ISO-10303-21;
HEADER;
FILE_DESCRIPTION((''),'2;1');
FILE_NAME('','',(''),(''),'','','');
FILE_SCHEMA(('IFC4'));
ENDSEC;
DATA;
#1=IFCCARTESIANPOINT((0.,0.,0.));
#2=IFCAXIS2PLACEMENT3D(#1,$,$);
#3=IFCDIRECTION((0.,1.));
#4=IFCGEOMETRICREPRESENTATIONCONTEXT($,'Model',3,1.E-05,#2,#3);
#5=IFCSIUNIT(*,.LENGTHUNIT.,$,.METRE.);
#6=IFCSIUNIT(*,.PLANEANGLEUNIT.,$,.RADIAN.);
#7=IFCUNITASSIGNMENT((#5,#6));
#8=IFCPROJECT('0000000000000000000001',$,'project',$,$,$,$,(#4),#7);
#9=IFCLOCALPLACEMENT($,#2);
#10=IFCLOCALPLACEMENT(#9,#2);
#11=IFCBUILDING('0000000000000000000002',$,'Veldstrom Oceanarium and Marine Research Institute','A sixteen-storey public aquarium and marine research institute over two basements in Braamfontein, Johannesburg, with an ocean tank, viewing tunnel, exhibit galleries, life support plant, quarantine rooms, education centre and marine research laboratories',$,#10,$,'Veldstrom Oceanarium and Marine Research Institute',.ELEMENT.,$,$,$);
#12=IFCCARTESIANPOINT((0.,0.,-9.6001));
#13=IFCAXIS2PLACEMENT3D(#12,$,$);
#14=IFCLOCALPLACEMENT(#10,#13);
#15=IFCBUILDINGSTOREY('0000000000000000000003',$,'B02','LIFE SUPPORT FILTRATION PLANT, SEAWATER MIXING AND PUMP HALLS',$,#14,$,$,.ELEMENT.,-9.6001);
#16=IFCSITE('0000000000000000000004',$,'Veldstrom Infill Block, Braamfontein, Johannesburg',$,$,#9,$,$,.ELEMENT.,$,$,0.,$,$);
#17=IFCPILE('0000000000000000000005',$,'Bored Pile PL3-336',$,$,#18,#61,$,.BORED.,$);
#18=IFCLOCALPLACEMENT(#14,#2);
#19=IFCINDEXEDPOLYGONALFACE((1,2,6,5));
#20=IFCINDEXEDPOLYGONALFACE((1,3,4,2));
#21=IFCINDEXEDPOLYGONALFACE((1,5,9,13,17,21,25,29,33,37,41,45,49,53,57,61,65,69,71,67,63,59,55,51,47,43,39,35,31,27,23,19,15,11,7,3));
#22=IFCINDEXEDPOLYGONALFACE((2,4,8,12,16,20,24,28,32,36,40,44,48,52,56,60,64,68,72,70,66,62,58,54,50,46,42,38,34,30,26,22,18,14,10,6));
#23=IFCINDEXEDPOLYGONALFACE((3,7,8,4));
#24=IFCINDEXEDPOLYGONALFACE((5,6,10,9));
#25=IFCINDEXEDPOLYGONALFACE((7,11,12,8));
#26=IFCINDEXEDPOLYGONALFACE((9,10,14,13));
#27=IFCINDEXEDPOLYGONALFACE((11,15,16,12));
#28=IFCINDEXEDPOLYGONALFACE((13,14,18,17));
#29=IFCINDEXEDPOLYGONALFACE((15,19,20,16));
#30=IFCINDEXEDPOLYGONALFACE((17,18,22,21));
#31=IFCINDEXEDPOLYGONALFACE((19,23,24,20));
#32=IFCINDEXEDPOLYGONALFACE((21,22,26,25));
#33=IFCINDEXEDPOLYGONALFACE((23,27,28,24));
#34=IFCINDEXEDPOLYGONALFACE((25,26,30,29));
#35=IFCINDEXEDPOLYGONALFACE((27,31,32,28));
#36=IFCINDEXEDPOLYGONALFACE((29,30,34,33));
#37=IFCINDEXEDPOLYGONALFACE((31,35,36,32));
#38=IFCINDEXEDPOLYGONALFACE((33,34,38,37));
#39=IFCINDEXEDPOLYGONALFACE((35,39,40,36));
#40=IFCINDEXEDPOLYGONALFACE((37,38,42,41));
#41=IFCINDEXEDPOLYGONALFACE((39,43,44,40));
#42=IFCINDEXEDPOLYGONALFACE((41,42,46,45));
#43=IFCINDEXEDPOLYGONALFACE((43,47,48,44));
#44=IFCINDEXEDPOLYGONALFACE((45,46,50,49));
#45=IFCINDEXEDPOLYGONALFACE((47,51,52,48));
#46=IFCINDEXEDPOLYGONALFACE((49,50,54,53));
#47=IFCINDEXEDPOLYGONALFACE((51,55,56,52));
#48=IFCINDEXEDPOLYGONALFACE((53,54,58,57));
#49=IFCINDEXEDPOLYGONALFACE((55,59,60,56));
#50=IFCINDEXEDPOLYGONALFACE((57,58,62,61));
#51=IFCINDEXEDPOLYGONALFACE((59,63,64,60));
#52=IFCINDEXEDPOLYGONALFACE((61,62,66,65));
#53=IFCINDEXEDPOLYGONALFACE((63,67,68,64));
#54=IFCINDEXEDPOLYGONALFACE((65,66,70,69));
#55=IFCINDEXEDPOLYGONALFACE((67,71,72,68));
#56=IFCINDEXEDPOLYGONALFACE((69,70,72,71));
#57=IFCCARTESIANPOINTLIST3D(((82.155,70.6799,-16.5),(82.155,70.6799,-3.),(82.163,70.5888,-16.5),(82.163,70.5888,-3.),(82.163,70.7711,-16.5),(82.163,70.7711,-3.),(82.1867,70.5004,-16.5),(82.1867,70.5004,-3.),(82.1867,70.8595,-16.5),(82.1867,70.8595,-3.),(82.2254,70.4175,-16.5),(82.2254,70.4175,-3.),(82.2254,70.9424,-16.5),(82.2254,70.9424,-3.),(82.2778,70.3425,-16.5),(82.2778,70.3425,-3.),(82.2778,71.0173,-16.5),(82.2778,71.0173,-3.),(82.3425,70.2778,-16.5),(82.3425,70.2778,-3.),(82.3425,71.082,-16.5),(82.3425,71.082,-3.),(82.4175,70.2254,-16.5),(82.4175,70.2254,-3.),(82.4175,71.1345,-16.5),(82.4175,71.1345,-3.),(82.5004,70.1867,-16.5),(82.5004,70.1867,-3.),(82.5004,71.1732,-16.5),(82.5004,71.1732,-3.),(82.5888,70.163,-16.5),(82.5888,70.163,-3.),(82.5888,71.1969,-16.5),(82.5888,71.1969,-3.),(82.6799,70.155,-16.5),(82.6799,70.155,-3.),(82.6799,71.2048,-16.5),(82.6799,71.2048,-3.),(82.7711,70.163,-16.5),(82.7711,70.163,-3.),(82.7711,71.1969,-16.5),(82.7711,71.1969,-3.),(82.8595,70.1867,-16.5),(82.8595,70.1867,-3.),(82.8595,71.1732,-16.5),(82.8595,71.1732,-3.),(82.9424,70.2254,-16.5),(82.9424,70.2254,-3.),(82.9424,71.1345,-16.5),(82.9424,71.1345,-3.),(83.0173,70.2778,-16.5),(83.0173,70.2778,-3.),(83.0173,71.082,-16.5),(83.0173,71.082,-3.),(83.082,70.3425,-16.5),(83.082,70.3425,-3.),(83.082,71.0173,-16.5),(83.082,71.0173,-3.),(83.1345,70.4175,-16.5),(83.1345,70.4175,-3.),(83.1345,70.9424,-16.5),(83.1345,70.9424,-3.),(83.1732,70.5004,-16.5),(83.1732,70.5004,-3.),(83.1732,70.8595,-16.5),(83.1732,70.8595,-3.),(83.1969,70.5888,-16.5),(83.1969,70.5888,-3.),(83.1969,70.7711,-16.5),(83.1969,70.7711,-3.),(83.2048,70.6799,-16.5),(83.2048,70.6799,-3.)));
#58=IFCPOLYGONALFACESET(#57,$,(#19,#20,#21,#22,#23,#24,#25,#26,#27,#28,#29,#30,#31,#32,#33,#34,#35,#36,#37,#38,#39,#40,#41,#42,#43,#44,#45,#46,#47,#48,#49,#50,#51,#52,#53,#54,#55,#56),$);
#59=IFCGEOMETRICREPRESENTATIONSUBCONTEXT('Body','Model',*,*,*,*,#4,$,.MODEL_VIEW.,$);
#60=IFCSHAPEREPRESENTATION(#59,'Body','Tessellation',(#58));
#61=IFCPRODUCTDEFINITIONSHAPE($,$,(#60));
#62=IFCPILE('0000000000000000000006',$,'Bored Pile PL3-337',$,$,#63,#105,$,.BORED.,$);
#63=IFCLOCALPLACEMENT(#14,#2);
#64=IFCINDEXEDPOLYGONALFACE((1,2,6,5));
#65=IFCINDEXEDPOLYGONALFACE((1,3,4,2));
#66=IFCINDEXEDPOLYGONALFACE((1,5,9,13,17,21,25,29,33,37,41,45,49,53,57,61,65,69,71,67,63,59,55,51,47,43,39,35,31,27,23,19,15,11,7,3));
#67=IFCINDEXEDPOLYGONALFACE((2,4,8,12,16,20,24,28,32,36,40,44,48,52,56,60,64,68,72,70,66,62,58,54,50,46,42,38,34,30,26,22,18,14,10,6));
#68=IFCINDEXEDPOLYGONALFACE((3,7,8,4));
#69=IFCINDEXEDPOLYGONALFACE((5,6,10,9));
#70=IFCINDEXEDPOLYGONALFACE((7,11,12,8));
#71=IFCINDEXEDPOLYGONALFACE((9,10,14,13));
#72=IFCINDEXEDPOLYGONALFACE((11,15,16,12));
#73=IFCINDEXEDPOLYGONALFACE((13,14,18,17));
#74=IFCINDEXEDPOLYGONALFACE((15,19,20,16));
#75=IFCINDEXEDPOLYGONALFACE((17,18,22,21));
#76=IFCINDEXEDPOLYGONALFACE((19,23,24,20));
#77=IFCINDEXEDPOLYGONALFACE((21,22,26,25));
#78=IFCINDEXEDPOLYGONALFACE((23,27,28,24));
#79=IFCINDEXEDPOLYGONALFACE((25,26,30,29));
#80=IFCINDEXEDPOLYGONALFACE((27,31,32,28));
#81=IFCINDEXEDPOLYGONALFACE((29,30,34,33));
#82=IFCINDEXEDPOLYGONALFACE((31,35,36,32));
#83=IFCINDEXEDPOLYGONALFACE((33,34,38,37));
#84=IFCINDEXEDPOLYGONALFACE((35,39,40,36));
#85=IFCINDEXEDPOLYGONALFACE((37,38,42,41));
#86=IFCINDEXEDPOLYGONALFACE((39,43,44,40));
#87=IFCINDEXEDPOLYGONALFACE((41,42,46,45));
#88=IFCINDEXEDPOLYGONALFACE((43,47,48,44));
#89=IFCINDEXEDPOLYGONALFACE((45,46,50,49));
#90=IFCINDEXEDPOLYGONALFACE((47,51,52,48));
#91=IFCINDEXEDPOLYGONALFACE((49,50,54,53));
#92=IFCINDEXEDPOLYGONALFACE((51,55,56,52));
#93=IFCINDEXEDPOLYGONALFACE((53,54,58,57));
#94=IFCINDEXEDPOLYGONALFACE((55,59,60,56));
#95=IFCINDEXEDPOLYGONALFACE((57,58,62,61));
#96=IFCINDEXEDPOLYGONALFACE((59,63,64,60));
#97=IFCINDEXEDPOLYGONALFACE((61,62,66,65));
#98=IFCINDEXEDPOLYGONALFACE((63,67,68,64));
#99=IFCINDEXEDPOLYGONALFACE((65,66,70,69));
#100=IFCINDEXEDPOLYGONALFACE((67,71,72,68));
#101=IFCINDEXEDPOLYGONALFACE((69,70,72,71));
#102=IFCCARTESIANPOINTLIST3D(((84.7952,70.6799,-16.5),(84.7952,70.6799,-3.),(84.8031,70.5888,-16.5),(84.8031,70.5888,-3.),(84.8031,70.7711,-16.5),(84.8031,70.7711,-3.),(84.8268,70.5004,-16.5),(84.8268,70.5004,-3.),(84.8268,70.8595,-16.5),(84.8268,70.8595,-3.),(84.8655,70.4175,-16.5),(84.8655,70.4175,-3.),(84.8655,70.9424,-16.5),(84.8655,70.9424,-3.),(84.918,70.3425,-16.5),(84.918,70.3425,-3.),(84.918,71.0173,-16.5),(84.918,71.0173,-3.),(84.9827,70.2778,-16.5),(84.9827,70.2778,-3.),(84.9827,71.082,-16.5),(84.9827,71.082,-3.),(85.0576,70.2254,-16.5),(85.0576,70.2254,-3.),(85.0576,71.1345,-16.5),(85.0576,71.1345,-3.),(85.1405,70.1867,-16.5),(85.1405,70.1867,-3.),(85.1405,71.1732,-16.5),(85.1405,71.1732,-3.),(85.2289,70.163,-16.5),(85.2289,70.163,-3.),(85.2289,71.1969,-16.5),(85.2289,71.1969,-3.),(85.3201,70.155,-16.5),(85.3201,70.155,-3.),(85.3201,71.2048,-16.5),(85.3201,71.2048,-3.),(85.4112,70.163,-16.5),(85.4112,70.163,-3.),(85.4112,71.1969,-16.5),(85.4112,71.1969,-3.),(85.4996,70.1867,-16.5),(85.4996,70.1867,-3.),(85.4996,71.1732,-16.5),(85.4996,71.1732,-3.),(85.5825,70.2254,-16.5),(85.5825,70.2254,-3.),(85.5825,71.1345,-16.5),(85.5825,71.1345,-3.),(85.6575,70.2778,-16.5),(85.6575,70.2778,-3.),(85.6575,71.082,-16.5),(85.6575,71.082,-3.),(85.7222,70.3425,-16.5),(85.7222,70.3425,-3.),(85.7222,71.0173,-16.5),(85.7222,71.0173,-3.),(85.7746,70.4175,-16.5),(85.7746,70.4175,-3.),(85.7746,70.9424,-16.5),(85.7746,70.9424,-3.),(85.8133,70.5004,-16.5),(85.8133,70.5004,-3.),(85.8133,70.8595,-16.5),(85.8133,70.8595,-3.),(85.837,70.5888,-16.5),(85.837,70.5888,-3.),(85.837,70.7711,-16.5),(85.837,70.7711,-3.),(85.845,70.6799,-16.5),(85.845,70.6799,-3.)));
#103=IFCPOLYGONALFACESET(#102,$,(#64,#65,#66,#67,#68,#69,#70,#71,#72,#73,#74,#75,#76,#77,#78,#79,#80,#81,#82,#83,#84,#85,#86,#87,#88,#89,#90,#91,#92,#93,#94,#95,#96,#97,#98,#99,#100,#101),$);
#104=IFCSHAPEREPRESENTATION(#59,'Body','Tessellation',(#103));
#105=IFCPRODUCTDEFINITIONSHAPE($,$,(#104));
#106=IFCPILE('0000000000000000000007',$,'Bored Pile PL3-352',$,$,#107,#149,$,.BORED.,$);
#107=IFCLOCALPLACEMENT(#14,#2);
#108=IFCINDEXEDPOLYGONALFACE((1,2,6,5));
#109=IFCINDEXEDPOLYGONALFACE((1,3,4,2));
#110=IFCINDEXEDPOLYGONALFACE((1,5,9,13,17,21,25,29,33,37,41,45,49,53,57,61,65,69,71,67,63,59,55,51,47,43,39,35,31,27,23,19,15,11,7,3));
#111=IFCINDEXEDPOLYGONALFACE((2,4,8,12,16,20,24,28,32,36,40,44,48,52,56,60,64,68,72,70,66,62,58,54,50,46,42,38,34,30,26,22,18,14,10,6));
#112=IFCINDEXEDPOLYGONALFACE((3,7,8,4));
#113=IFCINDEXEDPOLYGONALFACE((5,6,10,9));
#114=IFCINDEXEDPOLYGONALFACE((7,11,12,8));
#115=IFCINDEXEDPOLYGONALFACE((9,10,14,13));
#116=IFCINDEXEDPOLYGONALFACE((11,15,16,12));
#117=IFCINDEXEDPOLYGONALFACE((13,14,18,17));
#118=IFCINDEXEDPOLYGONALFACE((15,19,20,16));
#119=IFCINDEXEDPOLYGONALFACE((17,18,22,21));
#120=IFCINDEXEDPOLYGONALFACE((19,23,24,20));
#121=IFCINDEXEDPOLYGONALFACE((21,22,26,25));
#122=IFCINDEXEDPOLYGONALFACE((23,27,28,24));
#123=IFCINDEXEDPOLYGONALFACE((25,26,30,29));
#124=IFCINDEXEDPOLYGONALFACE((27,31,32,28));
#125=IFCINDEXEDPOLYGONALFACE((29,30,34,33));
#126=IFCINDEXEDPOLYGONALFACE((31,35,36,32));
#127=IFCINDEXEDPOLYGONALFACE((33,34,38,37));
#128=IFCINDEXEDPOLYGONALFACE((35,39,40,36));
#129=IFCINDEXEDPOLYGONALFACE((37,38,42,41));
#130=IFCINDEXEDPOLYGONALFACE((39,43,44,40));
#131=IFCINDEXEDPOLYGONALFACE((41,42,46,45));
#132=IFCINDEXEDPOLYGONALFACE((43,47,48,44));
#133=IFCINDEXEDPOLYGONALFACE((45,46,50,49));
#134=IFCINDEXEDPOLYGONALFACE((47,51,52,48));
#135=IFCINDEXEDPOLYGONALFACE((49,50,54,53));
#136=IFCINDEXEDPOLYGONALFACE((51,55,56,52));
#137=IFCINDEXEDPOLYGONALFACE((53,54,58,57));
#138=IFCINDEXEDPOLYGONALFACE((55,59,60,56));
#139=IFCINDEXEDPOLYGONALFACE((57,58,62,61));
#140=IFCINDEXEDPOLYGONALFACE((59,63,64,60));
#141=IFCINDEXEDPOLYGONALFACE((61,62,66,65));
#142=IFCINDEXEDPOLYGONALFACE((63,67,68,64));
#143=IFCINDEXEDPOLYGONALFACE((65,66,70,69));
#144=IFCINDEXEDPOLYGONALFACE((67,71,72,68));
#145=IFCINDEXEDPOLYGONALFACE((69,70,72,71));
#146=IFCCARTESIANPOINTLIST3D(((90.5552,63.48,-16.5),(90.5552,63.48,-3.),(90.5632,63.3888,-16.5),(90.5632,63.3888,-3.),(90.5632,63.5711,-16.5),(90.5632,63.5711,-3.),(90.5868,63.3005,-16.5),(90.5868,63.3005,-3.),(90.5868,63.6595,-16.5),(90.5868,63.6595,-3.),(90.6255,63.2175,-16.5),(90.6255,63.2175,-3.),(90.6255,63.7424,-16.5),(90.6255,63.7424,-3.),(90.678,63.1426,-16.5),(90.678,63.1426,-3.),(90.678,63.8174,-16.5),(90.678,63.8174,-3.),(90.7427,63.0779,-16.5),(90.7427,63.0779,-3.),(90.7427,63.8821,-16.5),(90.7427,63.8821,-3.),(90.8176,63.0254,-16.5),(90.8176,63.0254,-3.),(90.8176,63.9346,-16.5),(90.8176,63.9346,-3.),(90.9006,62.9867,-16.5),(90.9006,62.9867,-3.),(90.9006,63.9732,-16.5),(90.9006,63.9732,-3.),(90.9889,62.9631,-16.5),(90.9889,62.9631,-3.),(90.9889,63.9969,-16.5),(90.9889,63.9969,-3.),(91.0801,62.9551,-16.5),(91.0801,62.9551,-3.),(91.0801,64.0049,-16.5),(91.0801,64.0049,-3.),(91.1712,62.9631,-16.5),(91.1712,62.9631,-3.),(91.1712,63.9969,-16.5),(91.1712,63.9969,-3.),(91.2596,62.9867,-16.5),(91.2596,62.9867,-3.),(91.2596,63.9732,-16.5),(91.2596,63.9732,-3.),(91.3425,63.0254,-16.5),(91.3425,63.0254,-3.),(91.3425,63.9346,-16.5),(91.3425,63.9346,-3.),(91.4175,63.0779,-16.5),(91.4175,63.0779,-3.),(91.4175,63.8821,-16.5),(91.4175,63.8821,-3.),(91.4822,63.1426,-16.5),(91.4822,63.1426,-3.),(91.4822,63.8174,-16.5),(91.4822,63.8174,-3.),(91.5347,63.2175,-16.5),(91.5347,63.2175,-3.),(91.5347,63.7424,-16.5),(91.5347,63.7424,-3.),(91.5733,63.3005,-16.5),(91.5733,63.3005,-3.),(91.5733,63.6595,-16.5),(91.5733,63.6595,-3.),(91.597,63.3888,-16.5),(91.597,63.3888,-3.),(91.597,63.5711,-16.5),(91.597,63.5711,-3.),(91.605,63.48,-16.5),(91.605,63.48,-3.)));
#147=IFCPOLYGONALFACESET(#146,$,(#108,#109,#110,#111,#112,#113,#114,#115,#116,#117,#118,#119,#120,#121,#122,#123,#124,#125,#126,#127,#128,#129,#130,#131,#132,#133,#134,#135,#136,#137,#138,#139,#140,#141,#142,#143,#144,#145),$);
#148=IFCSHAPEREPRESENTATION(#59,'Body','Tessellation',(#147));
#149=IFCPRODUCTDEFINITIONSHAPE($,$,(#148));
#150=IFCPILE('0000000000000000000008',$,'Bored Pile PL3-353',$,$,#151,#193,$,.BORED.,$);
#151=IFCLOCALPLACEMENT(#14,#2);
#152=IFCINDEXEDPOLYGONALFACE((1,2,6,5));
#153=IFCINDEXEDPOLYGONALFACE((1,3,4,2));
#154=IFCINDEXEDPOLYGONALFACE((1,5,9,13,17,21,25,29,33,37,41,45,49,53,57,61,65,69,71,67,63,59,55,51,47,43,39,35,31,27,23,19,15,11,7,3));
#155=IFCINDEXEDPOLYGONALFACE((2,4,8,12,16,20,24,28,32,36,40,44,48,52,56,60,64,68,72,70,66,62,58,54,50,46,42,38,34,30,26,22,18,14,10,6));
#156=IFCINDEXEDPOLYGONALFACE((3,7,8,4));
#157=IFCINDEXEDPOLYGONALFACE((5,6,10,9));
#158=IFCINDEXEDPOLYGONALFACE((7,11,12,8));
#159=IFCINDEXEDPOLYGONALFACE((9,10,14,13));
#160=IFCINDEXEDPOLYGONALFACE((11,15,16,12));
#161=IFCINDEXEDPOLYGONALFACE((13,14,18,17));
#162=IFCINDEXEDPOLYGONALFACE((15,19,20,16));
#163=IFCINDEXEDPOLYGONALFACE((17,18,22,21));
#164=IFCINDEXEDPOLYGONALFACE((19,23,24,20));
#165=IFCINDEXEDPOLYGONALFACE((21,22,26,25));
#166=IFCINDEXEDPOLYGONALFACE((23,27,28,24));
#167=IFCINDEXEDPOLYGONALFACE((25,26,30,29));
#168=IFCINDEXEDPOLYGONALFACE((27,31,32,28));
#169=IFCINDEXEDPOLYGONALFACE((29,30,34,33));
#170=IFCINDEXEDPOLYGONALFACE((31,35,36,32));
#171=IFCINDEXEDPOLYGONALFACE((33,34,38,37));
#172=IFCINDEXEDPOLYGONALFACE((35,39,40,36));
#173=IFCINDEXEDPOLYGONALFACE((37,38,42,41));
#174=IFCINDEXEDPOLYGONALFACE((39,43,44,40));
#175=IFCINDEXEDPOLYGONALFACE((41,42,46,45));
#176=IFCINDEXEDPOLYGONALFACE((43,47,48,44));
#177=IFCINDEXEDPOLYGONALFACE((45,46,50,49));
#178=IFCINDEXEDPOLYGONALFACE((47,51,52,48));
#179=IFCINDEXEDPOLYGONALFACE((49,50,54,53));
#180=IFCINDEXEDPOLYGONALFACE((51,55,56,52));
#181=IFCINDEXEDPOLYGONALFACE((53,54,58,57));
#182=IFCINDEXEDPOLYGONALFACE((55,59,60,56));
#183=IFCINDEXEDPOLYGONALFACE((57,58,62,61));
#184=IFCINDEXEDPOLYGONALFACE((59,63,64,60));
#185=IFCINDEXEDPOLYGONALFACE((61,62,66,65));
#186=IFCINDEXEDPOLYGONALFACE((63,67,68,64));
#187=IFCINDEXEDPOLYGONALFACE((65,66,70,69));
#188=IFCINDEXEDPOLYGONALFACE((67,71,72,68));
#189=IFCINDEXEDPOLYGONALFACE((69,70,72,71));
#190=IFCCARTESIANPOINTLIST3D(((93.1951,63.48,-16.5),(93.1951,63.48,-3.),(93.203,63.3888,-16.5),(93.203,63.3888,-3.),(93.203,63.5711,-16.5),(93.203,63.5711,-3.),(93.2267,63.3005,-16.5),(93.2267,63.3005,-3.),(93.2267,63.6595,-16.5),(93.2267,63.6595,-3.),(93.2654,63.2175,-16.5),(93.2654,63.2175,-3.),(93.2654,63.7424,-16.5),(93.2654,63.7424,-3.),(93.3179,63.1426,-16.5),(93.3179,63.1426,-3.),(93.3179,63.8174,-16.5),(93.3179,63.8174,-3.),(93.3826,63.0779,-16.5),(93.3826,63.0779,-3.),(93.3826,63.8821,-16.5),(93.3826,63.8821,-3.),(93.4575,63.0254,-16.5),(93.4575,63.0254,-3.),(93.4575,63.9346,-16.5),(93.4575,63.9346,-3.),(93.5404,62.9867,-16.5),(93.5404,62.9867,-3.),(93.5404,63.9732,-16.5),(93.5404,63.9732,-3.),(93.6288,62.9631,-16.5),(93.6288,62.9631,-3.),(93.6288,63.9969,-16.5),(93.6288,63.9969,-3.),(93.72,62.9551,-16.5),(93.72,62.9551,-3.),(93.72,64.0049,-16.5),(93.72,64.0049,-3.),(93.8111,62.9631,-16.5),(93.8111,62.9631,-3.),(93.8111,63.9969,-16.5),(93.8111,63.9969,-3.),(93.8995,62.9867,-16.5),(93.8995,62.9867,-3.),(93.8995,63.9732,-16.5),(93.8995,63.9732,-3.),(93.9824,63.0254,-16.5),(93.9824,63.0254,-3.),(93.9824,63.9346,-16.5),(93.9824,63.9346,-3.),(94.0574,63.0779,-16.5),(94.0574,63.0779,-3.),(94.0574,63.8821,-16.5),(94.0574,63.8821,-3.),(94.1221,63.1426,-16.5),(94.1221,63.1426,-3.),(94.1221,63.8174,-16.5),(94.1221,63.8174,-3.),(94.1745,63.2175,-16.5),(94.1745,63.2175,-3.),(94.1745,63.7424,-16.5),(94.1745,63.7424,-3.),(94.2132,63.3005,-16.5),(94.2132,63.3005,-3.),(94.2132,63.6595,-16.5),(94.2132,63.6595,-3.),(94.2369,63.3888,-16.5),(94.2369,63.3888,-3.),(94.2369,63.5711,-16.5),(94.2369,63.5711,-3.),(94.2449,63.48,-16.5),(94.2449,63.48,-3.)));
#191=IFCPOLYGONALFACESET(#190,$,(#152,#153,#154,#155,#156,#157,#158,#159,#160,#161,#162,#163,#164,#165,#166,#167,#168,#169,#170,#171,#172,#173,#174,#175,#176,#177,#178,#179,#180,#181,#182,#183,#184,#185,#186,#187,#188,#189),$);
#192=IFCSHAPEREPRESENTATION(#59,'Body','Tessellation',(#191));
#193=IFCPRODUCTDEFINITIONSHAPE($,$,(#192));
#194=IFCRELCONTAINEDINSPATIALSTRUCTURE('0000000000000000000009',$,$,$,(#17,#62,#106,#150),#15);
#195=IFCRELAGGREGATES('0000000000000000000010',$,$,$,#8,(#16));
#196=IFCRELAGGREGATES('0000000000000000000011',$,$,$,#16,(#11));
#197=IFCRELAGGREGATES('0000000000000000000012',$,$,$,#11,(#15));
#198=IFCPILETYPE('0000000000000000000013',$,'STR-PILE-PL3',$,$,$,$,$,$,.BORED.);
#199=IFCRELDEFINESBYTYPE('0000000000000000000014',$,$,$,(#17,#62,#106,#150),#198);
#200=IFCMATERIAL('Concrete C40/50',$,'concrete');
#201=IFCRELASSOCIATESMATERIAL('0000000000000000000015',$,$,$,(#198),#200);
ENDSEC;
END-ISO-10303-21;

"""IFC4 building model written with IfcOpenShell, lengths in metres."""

from ifc_helpers import new_model, si_unit, direction, frame, origin, origin_2d, place, context, subcontext, project, spatial, circle, extrude, material, material_profile, profile_set, type_object, element, save


model = new_model("IFC4")

# Units and contexts
model_context = context("Model", 3, precision=1e-05, world=origin(), true_north=direction((0.0, 1.0)))
body_context = subcontext(model_context, "Body", "Model", "MODEL_VIEW")
ifc_project = project(units=[si_unit("LENGTHUNIT", "METRE"), si_unit("PLANEANGLEUNIT", "RADIAN")], contexts=[model_context])

# Site, building, storey
site_placement = place(None, origin())
site = spatial("IfcSite", under=ifc_project, at=site_placement, Name="Veldstrom Infill Block, Braamfontein, Johannesburg", CompositionType="ELEMENT", RefElevation=0.0)
building_placement = place(site_placement, origin())
building = spatial("IfcBuilding", under=site, at=building_placement, Name="Veldstrom Oceanarium and Marine Research Institute", Description="A sixteen-storey public aquarium and marine research institute over two basements in Braamfontein, Johannesburg, with an ocean tank, viewing tunnel, exhibit galleries, life support plant, quarantine rooms, education centre and marine research laboratories", LongName="Veldstrom Oceanarium and Marine Research Institute", CompositionType="ELEMENT")
storey_placement = place(building_placement, frame((0.0, 0.0, -9.6001)))
storey = spatial("IfcBuildingStorey", under=building, at=storey_placement, Name="B02", Description="LIFE SUPPORT FILTRATION PLANT, SEAWATER MIXING AND PUMP HALLS", CompositionType="ELEMENT", Elevation=-9.6001)

# Piles
ifc_material_1 = material(Name="Concrete C40/50", Category="concrete")
ifc_material_profile_1 = material_profile(ifc_material_1, circle(Radius=0.5249, at=origin_2d()), Name="PILE-D1050")
ifc_profile_set_1 = profile_set([ifc_material_profile_1], Name="Concrete C40/50")
pile_type = type_object("IfcPileType", Name="STR-PILE-PL3", PredefinedType="BORED", material=ifc_profile_set_1)
for number, where, z_axis, x_axis, name in (
    (1, (82.6799, 70.6799, -3.0), (0.0, 0.0, -1.0), (1.0, 0.0, 0.0), "Bored Pile PL3-336"),
    (2, (85.3201, 70.6799, -3.0), (0.0, 0.0, -1.0), (1.0, 0.0, 0.0), "Bored Pile PL3-337"),
    (3, (91.0801, 63.48, -3.0), (0.0, 0.0, -1.0), (1.0, 0.0, 0.0), "Bored Pile PL3-352"),
    (4, (93.72, 63.48, -3.0), (0.0, 0.0, -1.0), (1.0, 0.0, 0.0), "Bored Pile PL3-353"),
):
    element("IfcPile", number, at=place(storey_placement, frame(where, z_axis=z_axis, x_axis=x_axis)), inside=storey, type_object=pile_type, Name=name, PredefinedType="BORED", context=body_context, shape_type="SweptSolid", body=[
        extrude(circle(Radius=0.5249, at=origin_2d()), origin(), (0.0, 0.0, 1.0), 13.5),
    ])

save(model, "model.ifc")
